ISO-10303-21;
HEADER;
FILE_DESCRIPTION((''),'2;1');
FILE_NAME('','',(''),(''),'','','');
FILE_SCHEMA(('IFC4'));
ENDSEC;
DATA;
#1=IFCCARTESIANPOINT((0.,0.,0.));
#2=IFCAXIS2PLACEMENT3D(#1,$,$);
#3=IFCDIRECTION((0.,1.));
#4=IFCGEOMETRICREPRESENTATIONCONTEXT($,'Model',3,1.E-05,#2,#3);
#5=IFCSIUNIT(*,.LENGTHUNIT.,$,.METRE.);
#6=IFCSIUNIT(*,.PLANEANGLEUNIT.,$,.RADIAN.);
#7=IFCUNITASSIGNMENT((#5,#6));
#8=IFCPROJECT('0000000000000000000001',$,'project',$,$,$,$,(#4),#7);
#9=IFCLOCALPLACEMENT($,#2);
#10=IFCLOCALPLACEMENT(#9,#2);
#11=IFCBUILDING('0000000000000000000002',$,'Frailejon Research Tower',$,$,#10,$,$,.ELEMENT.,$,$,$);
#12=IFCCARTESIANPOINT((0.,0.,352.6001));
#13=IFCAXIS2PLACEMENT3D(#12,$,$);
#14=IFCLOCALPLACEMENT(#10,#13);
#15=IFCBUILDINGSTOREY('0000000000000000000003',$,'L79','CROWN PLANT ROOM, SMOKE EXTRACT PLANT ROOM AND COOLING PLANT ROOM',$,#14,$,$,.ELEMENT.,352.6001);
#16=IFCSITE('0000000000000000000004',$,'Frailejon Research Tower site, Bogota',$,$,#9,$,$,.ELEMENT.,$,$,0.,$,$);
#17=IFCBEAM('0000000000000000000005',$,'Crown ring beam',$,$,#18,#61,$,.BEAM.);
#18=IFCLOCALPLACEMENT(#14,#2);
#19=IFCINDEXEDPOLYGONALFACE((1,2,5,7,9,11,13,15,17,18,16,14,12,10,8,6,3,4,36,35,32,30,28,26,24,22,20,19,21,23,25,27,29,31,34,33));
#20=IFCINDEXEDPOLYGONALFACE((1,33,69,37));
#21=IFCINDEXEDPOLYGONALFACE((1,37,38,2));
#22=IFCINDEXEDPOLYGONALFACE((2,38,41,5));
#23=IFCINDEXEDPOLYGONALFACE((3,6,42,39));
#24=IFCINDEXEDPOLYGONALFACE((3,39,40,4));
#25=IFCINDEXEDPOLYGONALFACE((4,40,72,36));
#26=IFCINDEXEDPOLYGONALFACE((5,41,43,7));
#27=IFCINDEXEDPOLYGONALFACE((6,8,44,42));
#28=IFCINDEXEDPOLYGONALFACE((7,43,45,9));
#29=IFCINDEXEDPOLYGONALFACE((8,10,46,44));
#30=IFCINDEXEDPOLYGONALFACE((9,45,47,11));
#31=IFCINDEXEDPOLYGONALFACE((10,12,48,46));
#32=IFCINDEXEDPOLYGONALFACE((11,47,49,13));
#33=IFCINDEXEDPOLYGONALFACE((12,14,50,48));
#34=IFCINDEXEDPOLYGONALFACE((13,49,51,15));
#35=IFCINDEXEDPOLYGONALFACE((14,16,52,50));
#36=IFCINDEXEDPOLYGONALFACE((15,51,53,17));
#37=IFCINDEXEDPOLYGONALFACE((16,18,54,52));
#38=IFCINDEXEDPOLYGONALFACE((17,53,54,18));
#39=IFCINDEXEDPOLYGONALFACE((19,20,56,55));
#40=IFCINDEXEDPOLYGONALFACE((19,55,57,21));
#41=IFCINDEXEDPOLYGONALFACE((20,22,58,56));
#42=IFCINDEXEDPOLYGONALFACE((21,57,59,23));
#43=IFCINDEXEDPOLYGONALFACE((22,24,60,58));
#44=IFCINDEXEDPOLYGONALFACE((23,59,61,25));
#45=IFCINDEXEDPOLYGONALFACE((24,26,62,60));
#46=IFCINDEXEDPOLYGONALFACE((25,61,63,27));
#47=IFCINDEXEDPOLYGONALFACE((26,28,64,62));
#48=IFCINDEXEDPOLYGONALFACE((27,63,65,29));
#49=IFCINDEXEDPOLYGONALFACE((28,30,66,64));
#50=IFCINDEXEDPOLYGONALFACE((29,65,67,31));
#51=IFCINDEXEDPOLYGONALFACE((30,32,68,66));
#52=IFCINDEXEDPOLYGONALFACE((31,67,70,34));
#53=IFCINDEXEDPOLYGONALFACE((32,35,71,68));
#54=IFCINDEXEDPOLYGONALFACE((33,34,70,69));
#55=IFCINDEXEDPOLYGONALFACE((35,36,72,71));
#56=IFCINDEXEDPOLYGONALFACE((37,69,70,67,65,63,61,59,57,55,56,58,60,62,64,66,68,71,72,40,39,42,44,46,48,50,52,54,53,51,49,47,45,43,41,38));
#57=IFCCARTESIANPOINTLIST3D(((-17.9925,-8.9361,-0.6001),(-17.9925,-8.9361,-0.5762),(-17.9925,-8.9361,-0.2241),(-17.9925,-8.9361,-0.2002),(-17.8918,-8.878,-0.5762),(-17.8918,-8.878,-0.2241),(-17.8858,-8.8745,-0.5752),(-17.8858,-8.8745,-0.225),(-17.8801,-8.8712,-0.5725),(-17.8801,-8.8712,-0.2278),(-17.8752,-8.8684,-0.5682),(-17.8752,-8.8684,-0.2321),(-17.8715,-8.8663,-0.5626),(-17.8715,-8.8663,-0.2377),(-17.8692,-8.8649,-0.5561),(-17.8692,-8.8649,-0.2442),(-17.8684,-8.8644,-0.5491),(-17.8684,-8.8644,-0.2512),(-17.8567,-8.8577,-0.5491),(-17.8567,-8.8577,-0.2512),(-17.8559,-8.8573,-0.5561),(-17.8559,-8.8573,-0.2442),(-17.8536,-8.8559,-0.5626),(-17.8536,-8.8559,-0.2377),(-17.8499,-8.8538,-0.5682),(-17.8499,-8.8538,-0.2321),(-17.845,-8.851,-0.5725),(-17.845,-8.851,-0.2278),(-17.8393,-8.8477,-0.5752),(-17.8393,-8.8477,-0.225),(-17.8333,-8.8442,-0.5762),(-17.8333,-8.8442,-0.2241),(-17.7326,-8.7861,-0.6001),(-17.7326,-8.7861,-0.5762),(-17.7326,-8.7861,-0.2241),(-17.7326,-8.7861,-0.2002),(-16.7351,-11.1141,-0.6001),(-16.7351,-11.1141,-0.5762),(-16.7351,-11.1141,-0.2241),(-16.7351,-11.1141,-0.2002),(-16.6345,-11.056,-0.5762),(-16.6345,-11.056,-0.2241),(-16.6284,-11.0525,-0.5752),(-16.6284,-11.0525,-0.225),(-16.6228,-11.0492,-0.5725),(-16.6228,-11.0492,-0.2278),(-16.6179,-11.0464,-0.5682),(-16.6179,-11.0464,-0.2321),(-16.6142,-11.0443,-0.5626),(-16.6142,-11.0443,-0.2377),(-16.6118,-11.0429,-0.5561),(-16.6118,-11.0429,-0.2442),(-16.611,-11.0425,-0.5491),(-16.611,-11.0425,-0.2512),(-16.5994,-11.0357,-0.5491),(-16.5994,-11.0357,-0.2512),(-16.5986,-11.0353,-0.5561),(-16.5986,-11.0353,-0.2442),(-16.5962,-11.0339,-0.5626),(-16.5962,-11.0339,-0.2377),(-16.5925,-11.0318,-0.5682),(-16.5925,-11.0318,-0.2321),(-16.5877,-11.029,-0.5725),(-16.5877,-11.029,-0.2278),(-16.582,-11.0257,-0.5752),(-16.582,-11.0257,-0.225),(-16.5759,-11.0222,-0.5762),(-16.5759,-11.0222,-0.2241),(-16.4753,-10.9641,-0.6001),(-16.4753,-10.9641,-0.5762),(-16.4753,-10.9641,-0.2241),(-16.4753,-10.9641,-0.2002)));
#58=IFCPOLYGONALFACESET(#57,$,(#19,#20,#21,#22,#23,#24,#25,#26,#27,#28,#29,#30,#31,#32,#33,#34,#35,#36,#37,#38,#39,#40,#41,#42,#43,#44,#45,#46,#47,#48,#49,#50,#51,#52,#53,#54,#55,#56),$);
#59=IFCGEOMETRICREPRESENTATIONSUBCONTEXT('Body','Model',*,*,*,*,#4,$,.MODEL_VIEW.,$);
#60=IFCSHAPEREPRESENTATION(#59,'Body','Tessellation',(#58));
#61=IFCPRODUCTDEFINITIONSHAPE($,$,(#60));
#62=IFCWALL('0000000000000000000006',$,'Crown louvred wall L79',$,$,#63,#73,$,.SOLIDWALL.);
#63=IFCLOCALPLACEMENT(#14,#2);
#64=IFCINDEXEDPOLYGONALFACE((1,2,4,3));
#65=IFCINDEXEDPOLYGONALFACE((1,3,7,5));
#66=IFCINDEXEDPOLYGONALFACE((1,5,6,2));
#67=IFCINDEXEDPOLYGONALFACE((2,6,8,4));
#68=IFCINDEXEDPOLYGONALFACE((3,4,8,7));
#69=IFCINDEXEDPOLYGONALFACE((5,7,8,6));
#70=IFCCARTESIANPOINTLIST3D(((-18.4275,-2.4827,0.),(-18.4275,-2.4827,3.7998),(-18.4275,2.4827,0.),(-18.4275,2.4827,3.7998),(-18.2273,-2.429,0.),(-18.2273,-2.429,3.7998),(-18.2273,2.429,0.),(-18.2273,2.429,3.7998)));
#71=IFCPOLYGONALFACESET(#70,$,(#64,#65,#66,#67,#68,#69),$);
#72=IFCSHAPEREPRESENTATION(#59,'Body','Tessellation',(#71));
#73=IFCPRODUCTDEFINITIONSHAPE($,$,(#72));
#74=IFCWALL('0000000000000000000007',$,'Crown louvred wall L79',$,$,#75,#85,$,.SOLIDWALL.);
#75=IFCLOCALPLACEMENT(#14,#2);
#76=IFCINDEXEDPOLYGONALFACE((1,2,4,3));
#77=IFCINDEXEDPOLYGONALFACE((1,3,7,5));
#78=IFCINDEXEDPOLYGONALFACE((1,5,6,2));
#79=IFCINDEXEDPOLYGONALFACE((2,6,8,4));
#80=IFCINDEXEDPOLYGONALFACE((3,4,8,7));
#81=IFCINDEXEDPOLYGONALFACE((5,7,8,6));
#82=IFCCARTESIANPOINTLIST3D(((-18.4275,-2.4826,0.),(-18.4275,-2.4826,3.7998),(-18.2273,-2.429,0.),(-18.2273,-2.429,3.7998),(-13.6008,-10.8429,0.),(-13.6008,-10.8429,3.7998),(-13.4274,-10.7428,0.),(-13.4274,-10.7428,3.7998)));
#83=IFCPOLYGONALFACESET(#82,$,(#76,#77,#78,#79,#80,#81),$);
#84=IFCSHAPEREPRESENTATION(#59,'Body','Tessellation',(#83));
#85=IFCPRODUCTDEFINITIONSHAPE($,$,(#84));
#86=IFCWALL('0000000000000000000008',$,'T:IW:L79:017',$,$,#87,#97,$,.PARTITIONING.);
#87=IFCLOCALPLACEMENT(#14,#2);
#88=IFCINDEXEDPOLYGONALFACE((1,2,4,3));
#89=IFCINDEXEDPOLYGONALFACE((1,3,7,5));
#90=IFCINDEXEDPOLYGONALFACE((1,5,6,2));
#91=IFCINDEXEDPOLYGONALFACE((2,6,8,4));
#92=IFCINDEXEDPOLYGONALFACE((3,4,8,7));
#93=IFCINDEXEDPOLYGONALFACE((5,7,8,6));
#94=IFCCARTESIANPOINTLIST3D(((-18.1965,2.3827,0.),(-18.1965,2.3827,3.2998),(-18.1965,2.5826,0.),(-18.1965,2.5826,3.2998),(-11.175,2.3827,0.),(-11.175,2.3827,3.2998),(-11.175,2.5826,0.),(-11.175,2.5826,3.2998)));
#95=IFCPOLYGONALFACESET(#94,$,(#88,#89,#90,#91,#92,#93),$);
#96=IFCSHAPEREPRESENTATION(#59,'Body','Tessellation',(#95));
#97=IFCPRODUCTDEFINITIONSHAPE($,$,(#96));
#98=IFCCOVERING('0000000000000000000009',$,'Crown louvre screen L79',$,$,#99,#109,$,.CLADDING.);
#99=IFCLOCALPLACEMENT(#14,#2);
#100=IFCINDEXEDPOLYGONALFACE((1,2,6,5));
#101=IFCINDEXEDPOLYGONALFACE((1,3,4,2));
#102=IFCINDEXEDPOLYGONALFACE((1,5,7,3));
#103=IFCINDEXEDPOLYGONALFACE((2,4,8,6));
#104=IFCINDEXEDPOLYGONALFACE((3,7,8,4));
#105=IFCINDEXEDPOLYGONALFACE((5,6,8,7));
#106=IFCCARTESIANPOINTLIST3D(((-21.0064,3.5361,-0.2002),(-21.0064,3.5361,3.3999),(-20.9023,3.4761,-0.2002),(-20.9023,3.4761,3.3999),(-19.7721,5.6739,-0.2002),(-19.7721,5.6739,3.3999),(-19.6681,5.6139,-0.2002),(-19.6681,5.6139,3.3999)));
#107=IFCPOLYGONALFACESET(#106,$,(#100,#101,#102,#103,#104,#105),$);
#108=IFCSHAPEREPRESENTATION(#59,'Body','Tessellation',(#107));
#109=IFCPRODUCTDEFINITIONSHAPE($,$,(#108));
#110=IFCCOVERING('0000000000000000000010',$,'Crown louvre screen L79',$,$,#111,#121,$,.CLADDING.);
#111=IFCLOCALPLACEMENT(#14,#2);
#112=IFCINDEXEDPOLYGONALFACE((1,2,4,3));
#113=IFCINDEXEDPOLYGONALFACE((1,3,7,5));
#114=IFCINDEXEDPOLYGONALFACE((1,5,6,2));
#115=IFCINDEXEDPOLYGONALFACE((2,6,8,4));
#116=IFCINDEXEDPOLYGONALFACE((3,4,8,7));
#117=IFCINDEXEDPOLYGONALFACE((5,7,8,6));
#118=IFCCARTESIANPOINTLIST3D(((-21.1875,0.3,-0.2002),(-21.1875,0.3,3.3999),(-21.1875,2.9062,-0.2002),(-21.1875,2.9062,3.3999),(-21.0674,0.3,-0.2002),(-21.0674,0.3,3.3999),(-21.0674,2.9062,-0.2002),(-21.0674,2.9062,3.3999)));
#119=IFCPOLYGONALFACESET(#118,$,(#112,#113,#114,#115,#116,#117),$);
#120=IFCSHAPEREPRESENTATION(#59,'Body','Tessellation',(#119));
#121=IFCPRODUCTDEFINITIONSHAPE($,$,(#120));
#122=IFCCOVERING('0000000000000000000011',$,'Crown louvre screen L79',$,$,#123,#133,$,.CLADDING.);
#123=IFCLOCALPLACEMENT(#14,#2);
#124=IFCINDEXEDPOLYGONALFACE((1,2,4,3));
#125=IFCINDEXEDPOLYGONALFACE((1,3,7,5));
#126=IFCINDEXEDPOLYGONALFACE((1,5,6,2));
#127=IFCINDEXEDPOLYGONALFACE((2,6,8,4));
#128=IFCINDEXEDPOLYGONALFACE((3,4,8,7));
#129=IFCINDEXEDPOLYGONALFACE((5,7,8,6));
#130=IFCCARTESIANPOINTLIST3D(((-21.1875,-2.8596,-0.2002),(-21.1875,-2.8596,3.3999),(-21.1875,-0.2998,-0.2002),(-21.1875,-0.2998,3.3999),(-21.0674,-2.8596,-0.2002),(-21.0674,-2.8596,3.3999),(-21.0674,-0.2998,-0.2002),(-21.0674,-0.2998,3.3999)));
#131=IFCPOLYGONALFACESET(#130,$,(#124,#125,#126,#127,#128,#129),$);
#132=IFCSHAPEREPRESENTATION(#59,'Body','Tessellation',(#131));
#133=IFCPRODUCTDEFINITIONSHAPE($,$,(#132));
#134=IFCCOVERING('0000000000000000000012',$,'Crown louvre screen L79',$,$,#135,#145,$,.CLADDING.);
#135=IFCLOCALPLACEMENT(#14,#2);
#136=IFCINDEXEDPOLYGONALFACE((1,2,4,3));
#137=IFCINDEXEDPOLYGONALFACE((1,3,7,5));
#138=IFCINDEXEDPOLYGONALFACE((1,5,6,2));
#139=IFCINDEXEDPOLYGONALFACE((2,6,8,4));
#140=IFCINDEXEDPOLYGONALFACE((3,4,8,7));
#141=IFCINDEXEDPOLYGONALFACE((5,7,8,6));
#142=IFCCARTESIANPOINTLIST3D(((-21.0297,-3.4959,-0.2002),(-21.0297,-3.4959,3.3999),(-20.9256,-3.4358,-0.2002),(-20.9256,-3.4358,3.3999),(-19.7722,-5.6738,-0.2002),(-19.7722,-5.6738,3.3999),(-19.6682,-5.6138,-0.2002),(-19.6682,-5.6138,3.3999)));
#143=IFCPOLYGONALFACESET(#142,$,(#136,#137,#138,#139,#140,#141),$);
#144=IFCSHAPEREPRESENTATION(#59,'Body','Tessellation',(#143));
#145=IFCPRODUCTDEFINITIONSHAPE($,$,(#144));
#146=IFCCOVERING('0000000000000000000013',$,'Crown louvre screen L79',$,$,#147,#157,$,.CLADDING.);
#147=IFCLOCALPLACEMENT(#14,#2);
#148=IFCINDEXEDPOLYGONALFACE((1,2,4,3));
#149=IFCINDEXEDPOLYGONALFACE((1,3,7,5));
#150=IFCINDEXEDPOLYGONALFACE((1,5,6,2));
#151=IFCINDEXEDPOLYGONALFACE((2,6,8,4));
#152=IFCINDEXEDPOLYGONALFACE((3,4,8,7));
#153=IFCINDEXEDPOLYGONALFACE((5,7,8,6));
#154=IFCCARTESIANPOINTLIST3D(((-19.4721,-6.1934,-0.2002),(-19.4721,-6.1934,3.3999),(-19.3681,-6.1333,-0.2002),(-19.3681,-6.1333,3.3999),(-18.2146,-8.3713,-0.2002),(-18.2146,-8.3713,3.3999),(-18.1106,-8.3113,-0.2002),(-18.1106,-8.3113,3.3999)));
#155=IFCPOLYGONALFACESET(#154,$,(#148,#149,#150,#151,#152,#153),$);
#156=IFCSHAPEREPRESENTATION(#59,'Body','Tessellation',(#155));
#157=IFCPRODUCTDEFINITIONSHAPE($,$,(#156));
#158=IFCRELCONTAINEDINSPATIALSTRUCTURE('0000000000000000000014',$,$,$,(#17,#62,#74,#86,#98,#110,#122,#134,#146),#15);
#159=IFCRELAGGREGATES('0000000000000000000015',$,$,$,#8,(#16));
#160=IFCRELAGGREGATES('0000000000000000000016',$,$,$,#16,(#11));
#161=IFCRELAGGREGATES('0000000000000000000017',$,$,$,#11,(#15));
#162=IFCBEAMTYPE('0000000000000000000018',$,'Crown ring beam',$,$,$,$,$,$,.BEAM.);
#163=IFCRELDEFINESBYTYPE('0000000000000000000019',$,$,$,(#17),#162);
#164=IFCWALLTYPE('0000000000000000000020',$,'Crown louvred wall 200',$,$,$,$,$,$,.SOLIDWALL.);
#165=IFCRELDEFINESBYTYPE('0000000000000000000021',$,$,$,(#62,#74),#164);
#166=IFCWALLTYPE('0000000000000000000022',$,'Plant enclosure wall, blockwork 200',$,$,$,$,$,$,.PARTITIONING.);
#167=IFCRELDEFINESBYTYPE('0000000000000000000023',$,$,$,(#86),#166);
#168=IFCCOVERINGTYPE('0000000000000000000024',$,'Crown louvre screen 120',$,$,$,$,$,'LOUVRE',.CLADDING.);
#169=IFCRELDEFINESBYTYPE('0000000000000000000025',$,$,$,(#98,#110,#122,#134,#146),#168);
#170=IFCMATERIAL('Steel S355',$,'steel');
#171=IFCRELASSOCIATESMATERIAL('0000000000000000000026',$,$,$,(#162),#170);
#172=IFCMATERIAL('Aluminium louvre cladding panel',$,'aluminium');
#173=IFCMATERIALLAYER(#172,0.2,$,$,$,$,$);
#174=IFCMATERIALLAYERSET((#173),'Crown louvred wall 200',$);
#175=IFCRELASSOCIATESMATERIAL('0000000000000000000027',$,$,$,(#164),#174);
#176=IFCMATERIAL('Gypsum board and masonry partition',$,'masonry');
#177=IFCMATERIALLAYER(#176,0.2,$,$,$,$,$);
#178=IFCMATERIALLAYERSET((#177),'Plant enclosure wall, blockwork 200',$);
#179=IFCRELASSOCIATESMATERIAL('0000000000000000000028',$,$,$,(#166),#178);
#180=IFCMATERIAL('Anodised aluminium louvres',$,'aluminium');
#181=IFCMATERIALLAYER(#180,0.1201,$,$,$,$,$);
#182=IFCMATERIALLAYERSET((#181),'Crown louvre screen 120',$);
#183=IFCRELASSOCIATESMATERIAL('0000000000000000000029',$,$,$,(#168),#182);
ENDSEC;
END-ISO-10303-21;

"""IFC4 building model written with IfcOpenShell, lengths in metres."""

from ifc_helpers import new_model, si_unit, direction, frame, frame_2d, origin, origin_2d, place, context, subcontext, project, spatial, polyline, rectangle, i_section, outline, extrude, material, layer, layer_set, material_profile, profile_set, type_object, element, save


model = new_model("IFC4")

# Units and contexts
model_context = context("Model", 3, precision=1e-05, world=origin(), true_north=direction((0.0, 1.0)))
body_context = subcontext(model_context, "Body", "Model", "MODEL_VIEW")
ifc_project = project(units=[si_unit("LENGTHUNIT", "METRE"), si_unit("PLANEANGLEUNIT", "RADIAN")], contexts=[model_context])

# Site, building, storey
site_placement = place(None, origin())
site = spatial("IfcSite", under=ifc_project, at=site_placement, Name="Frailejon Research Tower site, Bogota", CompositionType="ELEMENT", RefElevation=0.0)
building_placement = place(site_placement, origin())
building = spatial("IfcBuilding", under=site, at=building_placement, Name="Frailejon Research Tower", CompositionType="ELEMENT")
storey_placement = place(building_placement, frame((0.0, 0.0, 352.6001)))
storey = spatial("IfcBuildingStorey", under=building, at=storey_placement, Name="L79", Description="CROWN PLANT ROOM, SMOKE EXTRACT PLANT ROOM AND COOLING PLANT ROOM", CompositionType="ELEMENT", Elevation=352.6001)

# Beam
ifc_material_1 = material(Name="Steel S355", Category="steel")
ifc_material_profile_1 = material_profile(ifc_material_1, i_section(OverallWidth=0.3, OverallDepth=0.3999, WebThickness=0.0134, FlangeThickness=0.0239, FilletRadius=0.0271, at=origin_2d()), Name="HE 400 B")
ifc_profile_set_1 = profile_set([ifc_material_profile_1], Name="Steel S355")
beam_type_1 = type_object("IfcBeamType", Name="Crown ring beam", PredefinedType="BEAM", material=ifc_profile_set_1)
for number, where, z_axis, x_axis, name in (
    (1, (-17.8625, -8.8611, -0.4001), (0.499961, -0.866048, 0.0), (0.866048, 0.499961, 0.0), "Crown ring beam"),
):
    element("IfcBeam", number, at=place(storey_placement, frame(where, z_axis=z_axis, x_axis=x_axis)), inside=storey, type_object=beam_type_1, Name=name, PredefinedType="BEAM", context=body_context, shape_type="SweptSolid", body=[
        extrude(i_section(OverallWidth=0.3, OverallDepth=0.3999, WebThickness=0.0134, FlangeThickness=0.0239, FilletRadius=0.0271, at=origin_2d()), origin(), (0.0, 0.0, 1.0), 2.5149),
    ])

# Walls
ifc_material_2 = material(Name="Aluminium louvre cladding panel", Category="aluminium")
ifc_layer_1 = layer(ifc_material_2, 0.2)
ifc_layer_set_1 = layer_set([ifc_layer_1], Name="Crown louvred wall 200")
wall_type_1 = type_object("IfcWallType", Name="Crown louvred wall 200", PredefinedType="SOLIDWALL", material=ifc_layer_set_1)
wall_1_placement = place(storey_placement, frame((-18.3274, 2.4558, 0.0), z_axis=(0.0, 0.0, 1.0), x_axis=(0.0, -1.0, 0.0)))
element("IfcWall", 2, at=wall_1_placement, inside=storey, type_object=wall_type_1, Name="Crown louvred wall L79", PredefinedType="SOLIDWALL", context=body_context, shape_type="SweptSolid", body=[
    extrude(outline(polyline([(-0.0269, -0.1001), (4.9385, -0.1001), (4.8848, 0.1001), (0.0269, 0.1001), (-0.0269, -0.1001)])), origin(), (0.0, 0.0, 1.0), 3.7998),
])
wall_2_placement = place(storey_placement, frame((-18.3274, -2.4558, 0.0), z_axis=(0.0, 0.0, 1.0), x_axis=(0.499993, -0.866029, 0.0)))
element("IfcWall", 3, at=wall_2_placement, inside=storey, type_object=wall_type_1, Name="Crown louvred wall L79", PredefinedType="SOLIDWALL", context=body_context, shape_type="SweptSolid", body=[
    extrude(outline(polyline([(-0.0269, -0.1001), (9.6267, -0.1001), (9.6267, 0.1001), (0.0269, 0.1001), (-0.0269, -0.1001)])), origin(), (0.0, 0.0, 1.0), 3.7998),
])
ifc_material_3 = material(Name="Gypsum board and masonry partition", Category="masonry")
ifc_layer_2 = layer(ifc_material_3, 0.2)
ifc_layer_set_2 = layer_set([ifc_layer_2], Name="Plant enclosure wall, blockwork 200")
wall_type_2 = type_object("IfcWallType", Name="Plant enclosure wall, blockwork 200", PredefinedType="PARTITIONING", material=ifc_layer_set_2)
wall_3_placement = place(storey_placement, frame((-18.1965, 2.4827, 0.0), z_axis=(0.0, 0.0, 1.0), x_axis=(1.0, 0.0, 0.0)))
element("IfcWall", 4, at=wall_3_placement, inside=storey, type_object=wall_type_2, Name="T:IW:L79:017", PredefinedType="PARTITIONING", context=body_context, shape_type="SweptSolid", body=[
    extrude(rectangle(XDim=7.0215, YDim=0.2, at=frame_2d((3.5107, 0.0))), origin(), (0.0, 0.0, 1.0), 3.2998),
])

# Coverings
ifc_material_4 = material(Name="Anodised aluminium louvres", Category="aluminium")
ifc_layer_3 = layer(ifc_material_4, 0.1201)
ifc_layer_set_3 = layer_set([ifc_layer_3], Name="Crown louvre screen 120")
covering_type = type_object("IfcCoveringType", Name="Crown louvre screen 120", ElementType="LOUVRE", PredefinedType="CLADDING", material=ifc_layer_set_3)
covering_1_placement = place(storey_placement, frame((-20.9543, 3.5061, -0.2002), z_axis=(0.499999, 0.866026, 0.0), x_axis=(-0.866026, 0.499999, 0.0)))
element("IfcCovering", 5, at=covering_1_placement, inside=storey, type_object=covering_type, Name="Crown louvre screen L79", PredefinedType="CLADDING", context=body_context, shape_type="SweptSolid", body=[
    extrude(outline(polyline([(-0.0601, 0.0), (0.0601, 0.0), (0.0601, 3.6001), (-0.0601, 3.6001), (-0.0601, 0.0)])), origin(), (0.0, 0.0, 1.0), 2.4685),
])
covering_2_placement = place(storey_placement, frame((-21.1274, 0.3, -0.2002), z_axis=(0.0, 1.0, 0.0), x_axis=(-1.0, 0.0, 0.0)))
element("IfcCovering", 6, at=covering_2_placement, inside=storey, type_object=covering_type, Name="Crown louvre screen L79", PredefinedType="CLADDING", context=body_context, shape_type="SweptSolid", body=[
    extrude(outline(polyline([(-0.0601, 0.0), (0.0601, 0.0), (0.0601, 3.6001), (-0.0601, 3.6001), (-0.0601, 0.0)])), origin(), (0.0, 0.0, 1.0), 2.6062),
])
covering_3_placement = place(storey_placement, frame((-21.1274, -2.8596, -0.2002), z_axis=(0.0, 1.0, 0.0), x_axis=(-1.0, 0.0, 0.0)))
element("IfcCovering", 7, at=covering_3_placement, inside=storey, type_object=covering_type, Name="Crown louvre screen L79", PredefinedType="CLADDING", context=body_context, shape_type="SweptSolid", body=[
    extrude(outline(polyline([(-0.0601, 0.0), (0.0601, 0.0), (0.0601, 3.6001), (-0.0601, 3.6001), (-0.0601, 0.0)])), origin(), (0.0, 0.0, 1.0), 2.5598),
])
for number, where, z_axis, x_axis, name in (
    (8, (-19.7202, -5.6438, -0.2002), (-0.499997, 0.866027, 0.0), (-0.866027, -0.499997, 0.0), "Crown louvre screen L79"),
    (9, (-18.1626, -8.3413, -0.2002), (-0.500009, 0.86602, 0.0), (-0.86602, -0.500009, 0.0), "Crown louvre screen L79"),
):
    element("IfcCovering", number, at=place(storey_placement, frame(where, z_axis=z_axis, x_axis=x_axis)), inside=storey, type_object=covering_type, Name=name, PredefinedType="CLADDING", context=body_context, shape_type="SweptSolid", body=[
        extrude(outline(polyline([(-0.0601, 0.0), (0.0601, 0.0), (0.0601, 3.6001), (-0.0601, 3.6001), (-0.0601, 0.0)])), origin(), (0.0, 0.0, 1.0), 2.5149),
    ])

save(model, "model.ifc")
